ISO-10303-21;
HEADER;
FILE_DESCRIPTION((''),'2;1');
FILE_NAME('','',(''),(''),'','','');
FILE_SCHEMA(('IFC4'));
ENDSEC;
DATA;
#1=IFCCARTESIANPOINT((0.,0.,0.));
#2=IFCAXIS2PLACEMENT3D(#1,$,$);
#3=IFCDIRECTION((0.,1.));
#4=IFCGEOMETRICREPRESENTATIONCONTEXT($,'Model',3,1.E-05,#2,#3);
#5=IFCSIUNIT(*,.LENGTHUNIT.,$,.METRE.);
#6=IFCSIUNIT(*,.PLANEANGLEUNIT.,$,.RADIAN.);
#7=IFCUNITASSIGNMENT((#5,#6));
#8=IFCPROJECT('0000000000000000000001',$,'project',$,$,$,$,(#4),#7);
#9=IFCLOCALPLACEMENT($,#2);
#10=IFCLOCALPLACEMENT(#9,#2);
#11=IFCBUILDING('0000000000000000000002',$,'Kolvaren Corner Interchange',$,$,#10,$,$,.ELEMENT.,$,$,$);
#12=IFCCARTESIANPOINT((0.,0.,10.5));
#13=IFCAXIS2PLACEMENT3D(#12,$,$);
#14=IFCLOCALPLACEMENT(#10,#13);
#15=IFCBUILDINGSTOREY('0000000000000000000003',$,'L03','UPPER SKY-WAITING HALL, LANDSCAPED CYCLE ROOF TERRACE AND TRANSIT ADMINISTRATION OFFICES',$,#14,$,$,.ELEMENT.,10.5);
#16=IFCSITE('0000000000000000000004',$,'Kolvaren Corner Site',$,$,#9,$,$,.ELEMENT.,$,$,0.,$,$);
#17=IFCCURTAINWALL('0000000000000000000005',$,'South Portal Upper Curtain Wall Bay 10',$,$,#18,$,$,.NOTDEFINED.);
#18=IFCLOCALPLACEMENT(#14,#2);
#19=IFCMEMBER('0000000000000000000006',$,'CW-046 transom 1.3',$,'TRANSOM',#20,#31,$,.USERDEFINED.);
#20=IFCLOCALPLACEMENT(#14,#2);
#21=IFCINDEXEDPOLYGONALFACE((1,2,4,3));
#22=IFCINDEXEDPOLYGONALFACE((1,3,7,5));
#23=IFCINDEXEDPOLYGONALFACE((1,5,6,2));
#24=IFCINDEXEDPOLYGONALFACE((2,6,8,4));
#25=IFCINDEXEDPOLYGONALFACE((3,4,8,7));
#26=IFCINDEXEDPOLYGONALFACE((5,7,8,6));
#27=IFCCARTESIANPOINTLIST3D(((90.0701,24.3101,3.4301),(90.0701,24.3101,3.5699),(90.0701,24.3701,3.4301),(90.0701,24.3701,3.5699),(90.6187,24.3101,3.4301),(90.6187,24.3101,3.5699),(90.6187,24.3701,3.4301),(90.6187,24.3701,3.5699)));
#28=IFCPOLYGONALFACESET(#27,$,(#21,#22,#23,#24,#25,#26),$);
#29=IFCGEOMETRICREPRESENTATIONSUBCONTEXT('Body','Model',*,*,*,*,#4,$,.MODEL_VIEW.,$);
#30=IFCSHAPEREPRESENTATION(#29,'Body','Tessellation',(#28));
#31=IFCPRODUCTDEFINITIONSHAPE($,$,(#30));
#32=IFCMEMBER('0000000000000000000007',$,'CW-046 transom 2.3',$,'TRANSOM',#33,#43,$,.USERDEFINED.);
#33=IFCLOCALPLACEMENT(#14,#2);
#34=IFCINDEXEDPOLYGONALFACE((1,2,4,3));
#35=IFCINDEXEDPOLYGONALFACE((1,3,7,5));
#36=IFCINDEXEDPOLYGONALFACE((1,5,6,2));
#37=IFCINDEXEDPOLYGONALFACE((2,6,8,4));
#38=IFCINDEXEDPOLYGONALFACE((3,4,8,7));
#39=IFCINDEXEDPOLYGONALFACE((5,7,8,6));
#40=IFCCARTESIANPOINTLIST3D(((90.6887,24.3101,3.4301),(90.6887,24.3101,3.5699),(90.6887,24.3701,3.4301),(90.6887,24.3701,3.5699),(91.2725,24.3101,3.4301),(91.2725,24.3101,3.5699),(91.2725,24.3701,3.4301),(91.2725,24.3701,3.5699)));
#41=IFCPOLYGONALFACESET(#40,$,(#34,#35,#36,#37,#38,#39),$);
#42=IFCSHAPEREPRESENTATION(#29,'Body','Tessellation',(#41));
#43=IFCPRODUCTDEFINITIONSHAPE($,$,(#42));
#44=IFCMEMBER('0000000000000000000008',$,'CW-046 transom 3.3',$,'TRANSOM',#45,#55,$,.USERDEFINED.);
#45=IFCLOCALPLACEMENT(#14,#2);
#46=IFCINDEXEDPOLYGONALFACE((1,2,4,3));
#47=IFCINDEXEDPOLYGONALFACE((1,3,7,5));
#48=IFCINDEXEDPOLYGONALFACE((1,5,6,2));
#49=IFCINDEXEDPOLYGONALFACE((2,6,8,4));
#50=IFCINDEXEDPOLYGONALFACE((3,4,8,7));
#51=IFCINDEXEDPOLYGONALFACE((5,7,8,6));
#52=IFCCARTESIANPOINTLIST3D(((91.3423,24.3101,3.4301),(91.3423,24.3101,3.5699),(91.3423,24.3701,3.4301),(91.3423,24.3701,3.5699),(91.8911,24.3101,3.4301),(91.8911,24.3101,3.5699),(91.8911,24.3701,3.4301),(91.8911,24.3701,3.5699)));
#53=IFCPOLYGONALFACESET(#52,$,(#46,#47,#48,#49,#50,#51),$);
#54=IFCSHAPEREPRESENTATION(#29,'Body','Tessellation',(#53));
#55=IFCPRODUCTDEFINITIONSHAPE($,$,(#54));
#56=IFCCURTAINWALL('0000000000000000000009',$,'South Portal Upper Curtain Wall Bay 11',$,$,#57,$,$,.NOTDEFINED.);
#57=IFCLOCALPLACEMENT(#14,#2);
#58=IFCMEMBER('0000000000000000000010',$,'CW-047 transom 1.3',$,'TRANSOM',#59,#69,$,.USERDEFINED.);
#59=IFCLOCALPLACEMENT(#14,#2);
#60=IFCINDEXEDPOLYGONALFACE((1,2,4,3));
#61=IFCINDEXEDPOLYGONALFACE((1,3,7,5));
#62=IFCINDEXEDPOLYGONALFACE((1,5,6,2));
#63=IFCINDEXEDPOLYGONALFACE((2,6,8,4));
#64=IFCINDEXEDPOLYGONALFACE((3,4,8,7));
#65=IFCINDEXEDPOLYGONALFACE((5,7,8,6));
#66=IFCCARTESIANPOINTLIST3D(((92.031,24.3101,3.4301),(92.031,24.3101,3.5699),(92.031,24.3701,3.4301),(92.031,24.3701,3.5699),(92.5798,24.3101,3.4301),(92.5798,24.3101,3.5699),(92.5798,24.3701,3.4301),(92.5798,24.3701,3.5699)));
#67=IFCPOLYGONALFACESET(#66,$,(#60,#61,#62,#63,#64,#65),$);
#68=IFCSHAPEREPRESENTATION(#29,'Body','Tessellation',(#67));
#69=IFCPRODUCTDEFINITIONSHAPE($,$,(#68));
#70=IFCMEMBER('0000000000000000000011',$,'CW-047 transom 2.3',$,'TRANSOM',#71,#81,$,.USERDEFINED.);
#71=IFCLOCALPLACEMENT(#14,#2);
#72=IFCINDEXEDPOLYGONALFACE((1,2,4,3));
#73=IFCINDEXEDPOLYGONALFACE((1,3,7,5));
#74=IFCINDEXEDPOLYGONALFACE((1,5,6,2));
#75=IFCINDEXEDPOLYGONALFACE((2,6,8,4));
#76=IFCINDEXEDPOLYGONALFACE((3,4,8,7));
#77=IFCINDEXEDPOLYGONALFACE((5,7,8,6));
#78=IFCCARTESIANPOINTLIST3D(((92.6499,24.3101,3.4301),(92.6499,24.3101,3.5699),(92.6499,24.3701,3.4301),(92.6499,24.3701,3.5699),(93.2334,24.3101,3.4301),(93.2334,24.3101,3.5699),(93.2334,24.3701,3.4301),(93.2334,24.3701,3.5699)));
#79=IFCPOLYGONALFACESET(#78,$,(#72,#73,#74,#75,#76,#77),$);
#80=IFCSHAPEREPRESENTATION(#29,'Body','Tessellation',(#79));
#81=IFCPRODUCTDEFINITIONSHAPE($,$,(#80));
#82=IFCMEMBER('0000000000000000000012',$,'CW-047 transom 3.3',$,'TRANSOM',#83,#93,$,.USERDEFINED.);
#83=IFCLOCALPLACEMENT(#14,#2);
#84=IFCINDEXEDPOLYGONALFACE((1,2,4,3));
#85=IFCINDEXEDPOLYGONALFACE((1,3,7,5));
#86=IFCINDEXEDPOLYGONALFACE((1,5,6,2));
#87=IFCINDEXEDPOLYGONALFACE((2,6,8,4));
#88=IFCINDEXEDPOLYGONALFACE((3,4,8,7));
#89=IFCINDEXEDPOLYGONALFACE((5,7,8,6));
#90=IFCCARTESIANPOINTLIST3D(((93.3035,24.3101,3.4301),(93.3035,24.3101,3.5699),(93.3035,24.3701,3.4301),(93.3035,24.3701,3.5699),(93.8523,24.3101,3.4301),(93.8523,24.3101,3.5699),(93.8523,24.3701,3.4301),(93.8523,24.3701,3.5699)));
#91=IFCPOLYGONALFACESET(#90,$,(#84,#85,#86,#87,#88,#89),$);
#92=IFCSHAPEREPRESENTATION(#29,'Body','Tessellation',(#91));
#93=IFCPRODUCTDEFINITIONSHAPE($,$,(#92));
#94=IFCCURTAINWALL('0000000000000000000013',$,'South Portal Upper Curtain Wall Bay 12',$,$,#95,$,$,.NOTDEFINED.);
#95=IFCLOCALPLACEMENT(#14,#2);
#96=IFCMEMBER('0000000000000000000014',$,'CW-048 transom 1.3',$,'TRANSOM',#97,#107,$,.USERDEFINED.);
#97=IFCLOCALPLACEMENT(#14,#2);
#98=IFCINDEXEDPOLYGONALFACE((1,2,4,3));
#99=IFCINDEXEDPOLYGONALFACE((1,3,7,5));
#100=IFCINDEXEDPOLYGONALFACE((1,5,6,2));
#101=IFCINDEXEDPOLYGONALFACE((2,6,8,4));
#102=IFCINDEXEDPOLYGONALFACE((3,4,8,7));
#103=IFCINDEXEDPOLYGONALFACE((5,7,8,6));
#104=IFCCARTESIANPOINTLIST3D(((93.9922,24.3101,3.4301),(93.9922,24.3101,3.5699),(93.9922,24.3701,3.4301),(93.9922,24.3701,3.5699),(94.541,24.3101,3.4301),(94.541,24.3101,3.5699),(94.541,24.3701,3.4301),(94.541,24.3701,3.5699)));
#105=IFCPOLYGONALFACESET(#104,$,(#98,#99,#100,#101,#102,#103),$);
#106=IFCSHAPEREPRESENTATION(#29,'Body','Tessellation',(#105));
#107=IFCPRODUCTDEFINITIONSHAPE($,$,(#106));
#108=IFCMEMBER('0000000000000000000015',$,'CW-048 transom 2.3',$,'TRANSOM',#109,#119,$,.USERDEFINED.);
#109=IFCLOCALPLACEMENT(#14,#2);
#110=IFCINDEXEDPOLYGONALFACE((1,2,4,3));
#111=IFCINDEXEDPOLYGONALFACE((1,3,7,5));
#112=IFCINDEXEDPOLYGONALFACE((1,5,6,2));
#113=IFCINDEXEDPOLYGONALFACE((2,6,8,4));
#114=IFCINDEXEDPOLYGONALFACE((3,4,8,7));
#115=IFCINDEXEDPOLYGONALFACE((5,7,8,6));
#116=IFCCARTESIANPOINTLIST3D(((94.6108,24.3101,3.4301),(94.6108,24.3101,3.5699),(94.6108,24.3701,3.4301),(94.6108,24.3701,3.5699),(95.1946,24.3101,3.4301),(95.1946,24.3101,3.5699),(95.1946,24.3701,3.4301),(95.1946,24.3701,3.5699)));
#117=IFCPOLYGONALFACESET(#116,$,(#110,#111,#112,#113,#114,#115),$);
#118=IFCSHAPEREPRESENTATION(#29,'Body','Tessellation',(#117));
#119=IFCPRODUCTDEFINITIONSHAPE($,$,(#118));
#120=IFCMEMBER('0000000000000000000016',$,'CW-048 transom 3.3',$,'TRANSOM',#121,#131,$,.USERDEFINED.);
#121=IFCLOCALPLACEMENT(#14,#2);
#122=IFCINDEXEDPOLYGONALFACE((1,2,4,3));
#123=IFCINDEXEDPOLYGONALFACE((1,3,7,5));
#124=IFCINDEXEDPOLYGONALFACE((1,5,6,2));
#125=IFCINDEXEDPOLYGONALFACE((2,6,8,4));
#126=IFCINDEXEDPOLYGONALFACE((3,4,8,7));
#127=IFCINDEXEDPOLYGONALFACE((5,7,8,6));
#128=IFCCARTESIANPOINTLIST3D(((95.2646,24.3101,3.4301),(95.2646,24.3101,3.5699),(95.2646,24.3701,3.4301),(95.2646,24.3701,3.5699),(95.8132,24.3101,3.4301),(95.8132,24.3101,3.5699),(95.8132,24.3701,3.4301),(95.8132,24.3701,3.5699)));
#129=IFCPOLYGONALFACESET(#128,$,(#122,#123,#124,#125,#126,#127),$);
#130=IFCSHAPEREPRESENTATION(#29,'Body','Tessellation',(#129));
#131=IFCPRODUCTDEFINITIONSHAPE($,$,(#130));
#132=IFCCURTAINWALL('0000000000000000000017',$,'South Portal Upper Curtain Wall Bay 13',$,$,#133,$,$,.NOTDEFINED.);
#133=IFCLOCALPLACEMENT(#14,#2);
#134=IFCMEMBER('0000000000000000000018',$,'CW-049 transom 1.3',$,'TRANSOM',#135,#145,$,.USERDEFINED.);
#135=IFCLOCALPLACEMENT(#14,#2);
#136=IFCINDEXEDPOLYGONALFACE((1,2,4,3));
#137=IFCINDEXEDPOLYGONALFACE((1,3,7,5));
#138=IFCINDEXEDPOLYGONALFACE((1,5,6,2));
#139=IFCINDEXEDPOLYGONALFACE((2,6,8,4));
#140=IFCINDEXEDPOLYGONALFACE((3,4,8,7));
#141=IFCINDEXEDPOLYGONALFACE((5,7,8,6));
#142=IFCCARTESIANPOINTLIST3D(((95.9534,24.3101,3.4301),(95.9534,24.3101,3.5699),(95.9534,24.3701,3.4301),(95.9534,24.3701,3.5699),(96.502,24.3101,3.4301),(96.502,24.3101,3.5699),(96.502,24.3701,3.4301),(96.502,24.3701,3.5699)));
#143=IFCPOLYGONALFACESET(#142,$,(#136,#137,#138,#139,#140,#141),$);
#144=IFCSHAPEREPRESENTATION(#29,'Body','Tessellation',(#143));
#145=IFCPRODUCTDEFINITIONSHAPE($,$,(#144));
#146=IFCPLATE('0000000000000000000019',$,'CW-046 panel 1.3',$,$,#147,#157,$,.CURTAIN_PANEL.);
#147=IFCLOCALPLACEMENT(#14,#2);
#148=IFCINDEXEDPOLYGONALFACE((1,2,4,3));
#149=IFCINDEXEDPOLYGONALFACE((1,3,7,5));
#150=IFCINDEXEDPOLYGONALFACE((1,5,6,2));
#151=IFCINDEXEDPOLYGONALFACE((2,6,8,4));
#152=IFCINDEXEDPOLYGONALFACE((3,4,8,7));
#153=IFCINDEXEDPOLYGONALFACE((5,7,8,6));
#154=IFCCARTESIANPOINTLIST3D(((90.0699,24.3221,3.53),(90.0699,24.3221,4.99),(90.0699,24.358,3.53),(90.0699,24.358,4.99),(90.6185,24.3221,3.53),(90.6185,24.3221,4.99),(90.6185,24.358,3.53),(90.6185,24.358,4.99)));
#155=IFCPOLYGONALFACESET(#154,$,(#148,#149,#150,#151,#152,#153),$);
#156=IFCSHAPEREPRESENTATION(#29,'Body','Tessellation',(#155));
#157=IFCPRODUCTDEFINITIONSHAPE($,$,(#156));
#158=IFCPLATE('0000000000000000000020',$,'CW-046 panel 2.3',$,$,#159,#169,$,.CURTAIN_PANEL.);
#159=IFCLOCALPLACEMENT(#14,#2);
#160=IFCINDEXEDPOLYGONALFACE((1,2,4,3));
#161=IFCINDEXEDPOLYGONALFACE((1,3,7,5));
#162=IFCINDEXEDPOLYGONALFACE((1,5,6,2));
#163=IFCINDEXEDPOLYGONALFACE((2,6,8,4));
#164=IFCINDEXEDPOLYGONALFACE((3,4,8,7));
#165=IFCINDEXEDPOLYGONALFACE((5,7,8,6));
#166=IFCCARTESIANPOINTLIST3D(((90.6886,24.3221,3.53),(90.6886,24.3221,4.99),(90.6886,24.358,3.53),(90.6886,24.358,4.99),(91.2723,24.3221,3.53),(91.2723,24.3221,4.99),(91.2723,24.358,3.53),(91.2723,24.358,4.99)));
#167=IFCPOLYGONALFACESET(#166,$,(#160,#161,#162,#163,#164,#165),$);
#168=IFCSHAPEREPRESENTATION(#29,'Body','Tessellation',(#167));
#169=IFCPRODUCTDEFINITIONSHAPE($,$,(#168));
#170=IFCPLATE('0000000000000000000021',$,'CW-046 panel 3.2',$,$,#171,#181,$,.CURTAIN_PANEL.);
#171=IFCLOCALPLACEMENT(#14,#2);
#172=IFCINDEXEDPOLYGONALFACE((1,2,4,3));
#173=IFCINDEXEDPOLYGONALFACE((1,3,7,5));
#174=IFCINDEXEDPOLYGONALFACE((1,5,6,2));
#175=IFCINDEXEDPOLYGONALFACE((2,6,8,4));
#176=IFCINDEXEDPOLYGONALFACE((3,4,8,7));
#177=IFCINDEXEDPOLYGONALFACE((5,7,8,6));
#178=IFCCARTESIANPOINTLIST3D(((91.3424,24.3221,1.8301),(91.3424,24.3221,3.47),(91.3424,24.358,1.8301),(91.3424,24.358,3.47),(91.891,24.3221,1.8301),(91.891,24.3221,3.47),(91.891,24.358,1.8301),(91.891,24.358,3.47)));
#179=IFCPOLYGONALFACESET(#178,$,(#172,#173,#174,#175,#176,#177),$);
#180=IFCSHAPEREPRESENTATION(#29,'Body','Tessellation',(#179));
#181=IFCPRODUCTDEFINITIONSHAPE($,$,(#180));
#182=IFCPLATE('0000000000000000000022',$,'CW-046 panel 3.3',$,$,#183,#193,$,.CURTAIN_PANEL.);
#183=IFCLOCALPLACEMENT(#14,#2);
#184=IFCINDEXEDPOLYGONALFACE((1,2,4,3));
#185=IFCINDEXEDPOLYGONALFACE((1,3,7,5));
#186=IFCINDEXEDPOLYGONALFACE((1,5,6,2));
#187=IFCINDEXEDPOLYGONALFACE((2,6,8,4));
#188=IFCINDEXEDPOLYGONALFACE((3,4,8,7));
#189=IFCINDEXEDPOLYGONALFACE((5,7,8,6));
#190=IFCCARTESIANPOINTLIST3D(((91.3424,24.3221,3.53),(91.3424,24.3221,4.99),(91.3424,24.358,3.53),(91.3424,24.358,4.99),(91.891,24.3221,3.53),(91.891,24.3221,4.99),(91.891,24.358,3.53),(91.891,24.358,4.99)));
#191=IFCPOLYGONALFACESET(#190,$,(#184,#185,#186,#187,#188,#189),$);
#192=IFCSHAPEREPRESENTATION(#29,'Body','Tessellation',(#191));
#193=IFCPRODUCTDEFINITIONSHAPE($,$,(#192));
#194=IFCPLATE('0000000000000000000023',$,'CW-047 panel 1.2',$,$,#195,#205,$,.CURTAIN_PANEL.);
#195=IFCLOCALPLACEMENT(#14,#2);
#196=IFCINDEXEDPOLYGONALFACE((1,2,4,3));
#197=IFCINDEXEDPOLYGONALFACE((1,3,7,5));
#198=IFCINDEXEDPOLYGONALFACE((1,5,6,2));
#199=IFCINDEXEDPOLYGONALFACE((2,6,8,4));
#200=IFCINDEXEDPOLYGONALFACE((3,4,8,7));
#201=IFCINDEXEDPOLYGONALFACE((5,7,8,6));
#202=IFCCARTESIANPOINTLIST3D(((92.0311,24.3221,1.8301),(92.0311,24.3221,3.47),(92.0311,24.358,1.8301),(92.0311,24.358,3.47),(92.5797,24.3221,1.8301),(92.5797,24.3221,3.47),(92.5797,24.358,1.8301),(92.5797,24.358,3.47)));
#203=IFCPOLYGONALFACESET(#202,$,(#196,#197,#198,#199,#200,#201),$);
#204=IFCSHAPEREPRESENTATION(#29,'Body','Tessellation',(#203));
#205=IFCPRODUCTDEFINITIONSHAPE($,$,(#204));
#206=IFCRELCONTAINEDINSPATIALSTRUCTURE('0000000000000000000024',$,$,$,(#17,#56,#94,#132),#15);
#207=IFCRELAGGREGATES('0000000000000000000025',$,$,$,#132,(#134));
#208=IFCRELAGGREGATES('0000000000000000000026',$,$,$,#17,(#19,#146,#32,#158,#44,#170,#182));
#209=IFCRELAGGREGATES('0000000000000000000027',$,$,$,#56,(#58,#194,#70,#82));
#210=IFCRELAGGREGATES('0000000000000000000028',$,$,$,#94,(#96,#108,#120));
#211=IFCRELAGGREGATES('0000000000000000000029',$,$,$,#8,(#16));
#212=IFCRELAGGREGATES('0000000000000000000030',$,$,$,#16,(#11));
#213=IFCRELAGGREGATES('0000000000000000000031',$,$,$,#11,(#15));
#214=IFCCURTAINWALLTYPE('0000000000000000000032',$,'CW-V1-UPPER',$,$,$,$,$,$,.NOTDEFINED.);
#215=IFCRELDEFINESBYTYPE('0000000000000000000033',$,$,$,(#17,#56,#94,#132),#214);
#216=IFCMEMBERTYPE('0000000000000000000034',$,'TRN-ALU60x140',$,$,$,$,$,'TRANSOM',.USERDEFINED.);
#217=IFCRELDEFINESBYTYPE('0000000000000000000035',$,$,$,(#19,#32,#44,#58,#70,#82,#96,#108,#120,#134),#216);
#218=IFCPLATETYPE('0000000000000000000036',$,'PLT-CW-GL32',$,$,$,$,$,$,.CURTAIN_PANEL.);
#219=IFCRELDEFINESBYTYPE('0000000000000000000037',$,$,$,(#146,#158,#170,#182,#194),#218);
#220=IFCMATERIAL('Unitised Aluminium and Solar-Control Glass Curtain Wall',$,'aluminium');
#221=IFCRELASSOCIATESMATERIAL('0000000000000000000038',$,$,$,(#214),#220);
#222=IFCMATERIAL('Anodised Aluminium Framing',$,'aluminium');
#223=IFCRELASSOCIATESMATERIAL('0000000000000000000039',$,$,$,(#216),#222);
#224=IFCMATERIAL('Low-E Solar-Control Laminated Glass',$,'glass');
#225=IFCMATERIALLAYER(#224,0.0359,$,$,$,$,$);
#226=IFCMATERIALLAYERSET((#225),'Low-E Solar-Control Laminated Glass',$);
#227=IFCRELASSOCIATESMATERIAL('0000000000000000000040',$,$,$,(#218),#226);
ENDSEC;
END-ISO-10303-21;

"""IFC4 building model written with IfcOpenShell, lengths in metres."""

from ifc_helpers import new_model, si_unit, direction, frame, origin, origin_2d, place, context, subcontext, project, spatial, rectangle, extrude, material, layer, layer_set, material_profile, profile_set, type_object, element, aggregate, save


model = new_model("IFC4")

# Units and contexts
model_context = context("Model", 3, precision=1e-05, world=origin(), true_north=direction((0.0, 1.0)))
body_context = subcontext(model_context, "Body", "Model", "MODEL_VIEW")
ifc_project = project(units=[si_unit("LENGTHUNIT", "METRE"), si_unit("PLANEANGLEUNIT", "RADIAN")], contexts=[model_context])

# Site, building, storey
site_placement = place(None, origin())
site = spatial("IfcSite", under=ifc_project, at=site_placement, Name="Kolvaren Corner Site", CompositionType="ELEMENT", RefElevation=0.0)
building_placement = place(site_placement, origin())
building = spatial("IfcBuilding", under=site, at=building_placement, Name="Kolvaren Corner Interchange", CompositionType="ELEMENT")
storey_placement = place(building_placement, frame((0.0, 0.0, 10.5)))
storey = spatial("IfcBuildingStorey", under=building, at=storey_placement, Name="L03", Description="UPPER SKY-WAITING HALL, LANDSCAPED CYCLE ROOF TERRACE AND TRANSIT ADMINISTRATION OFFICES", CompositionType="ELEMENT", Elevation=10.5)

# Curtain walls, members
ifc_material_1 = material(Name="Unitised Aluminium and Solar-Control Glass Curtain Wall", Category="aluminium")
curtain_wall_type = type_object("IfcCurtainWallType", Name="CW-V1-UPPER", PredefinedType="NOTDEFINED", material=ifc_material_1)
curtain_wall_1_placement = place(storey_placement, origin())
curtain_wall_1 = element("IfcCurtainWall", 1, at=curtain_wall_1_placement, inside=storey, type_object=curtain_wall_type, Name="South Portal Upper Curtain Wall Bay 10", PredefinedType="NOTDEFINED")
ifc_material_2 = material(Name="Anodised Aluminium Framing", Category="aluminium")
ifc_material_profile = material_profile(ifc_material_2, rectangle(XDim=0.0601, YDim=0.1399, at=origin_2d()), Name="ALU 60x140")
ifc_profile_set = profile_set([ifc_material_profile], Name="Anodised Aluminium Framing")
member_type = type_object("IfcMemberType", Name="TRN-ALU60x140", ElementType="TRANSOM", PredefinedType="USERDEFINED", material=ifc_profile_set)
member_1_placement = place(storey_placement, frame((90.0701, 24.3401, 3.5), z_axis=(1.0, 0.0, 0.0), x_axis=(0.0, 1.0, 0.0)))
member_1 = element("IfcMember", 2, at=member_1_placement, type_object=member_type, Name="CW-046 transom 1.3", ObjectType="TRANSOM", PredefinedType="USERDEFINED", context=body_context, shape_type="SweptSolid", body=[
    extrude(rectangle(XDim=0.0601, YDim=0.1399, at=origin_2d()), origin(), (0.0, 0.0, 1.0), 0.5486),
])
member_2_placement = place(storey_placement, frame((90.6887, 24.3401, 3.5), z_axis=(1.0, 0.0, 0.0), x_axis=(0.0, 1.0, 0.0)))
member_2 = element("IfcMember", 3, at=member_2_placement, type_object=member_type, Name="CW-046 transom 2.3", ObjectType="TRANSOM", PredefinedType="USERDEFINED", context=body_context, shape_type="SweptSolid", body=[
    extrude(rectangle(XDim=0.0601, YDim=0.1399, at=origin_2d()), origin(), (0.0, 0.0, 1.0), 0.5837),
])
member_3_placement = place(storey_placement, frame((91.3423, 24.3401, 3.5), z_axis=(1.0, 0.0, 0.0), x_axis=(0.0, 1.0, 0.0)))
member_3 = element("IfcMember", 4, at=member_3_placement, type_object=member_type, Name="CW-046 transom 3.3", ObjectType="TRANSOM", PredefinedType="USERDEFINED", context=body_context, shape_type="SweptSolid", body=[
    extrude(rectangle(XDim=0.0601, YDim=0.1399, at=origin_2d()), origin(), (0.0, 0.0, 1.0), 0.5488),
])
curtain_wall_2_placement = place(storey_placement, origin())
curtain_wall_2 = element("IfcCurtainWall", 5, at=curtain_wall_2_placement, inside=storey, type_object=curtain_wall_type, Name="South Portal Upper Curtain Wall Bay 11", PredefinedType="NOTDEFINED")
member_4_placement = place(storey_placement, frame((92.031, 24.3401, 3.5), z_axis=(1.0, 0.0, 0.0), x_axis=(0.0, 1.0, 0.0)))
member_4 = element("IfcMember", 6, at=member_4_placement, type_object=member_type, Name="CW-047 transom 1.3", ObjectType="TRANSOM", PredefinedType="USERDEFINED", context=body_context, shape_type="SweptSolid", body=[
    extrude(rectangle(XDim=0.0601, YDim=0.1399, at=origin_2d()), origin(), (0.0, 0.0, 1.0), 0.5488),
])
member_5_placement = place(storey_placement, frame((92.6499, 24.3401, 3.5), z_axis=(1.0, 0.0, 0.0), x_axis=(0.0, 1.0, 0.0)))
member_5 = element("IfcMember", 7, at=member_5_placement, type_object=member_type, Name="CW-047 transom 2.3", ObjectType="TRANSOM", PredefinedType="USERDEFINED", context=body_context, shape_type="SweptSolid", body=[
    extrude(rectangle(XDim=0.0601, YDim=0.1399, at=origin_2d()), origin(), (0.0, 0.0, 1.0), 0.5835),
])
member_6_placement = place(storey_placement, frame((93.3035, 24.3401, 3.5), z_axis=(1.0, 0.0, 0.0), x_axis=(0.0, 1.0, 0.0)))
member_6 = element("IfcMember", 8, at=member_6_placement, type_object=member_type, Name="CW-047 transom 3.3", ObjectType="TRANSOM", PredefinedType="USERDEFINED", context=body_context, shape_type="SweptSolid", body=[
    extrude(rectangle(XDim=0.0601, YDim=0.1399, at=origin_2d()), origin(), (0.0, 0.0, 1.0), 0.5488),
])
curtain_wall_3_placement = place(storey_placement, origin())
curtain_wall_3 = element("IfcCurtainWall", 9, at=curtain_wall_3_placement, inside=storey, type_object=curtain_wall_type, Name="South Portal Upper Curtain Wall Bay 12", PredefinedType="NOTDEFINED")
member_7_placement = place(storey_placement, frame((93.9922, 24.3401, 3.5), z_axis=(1.0, 0.0, 0.0), x_axis=(0.0, 1.0, 0.0)))
member_7 = element("IfcMember", 10, at=member_7_placement, type_object=member_type, Name="CW-048 transom 1.3", ObjectType="TRANSOM", PredefinedType="USERDEFINED", context=body_context, shape_type="SweptSolid", body=[
    extrude(rectangle(XDim=0.0601, YDim=0.1399, at=origin_2d()), origin(), (0.0, 0.0, 1.0), 0.5488),
])
member_8_placement = place(storey_placement, frame((94.6108, 24.3401, 3.5), z_axis=(1.0, 0.0, 0.0), x_axis=(0.0, 1.0, 0.0)))
member_8 = element("IfcMember", 11, at=member_8_placement, type_object=member_type, Name="CW-048 transom 2.3", ObjectType="TRANSOM", PredefinedType="USERDEFINED", context=body_context, shape_type="SweptSolid", body=[
    extrude(rectangle(XDim=0.0601, YDim=0.1399, at=origin_2d()), origin(), (0.0, 0.0, 1.0), 0.5837),
])
member_9_placement = place(storey_placement, frame((95.2646, 24.3401, 3.5), z_axis=(1.0, 0.0, 0.0), x_axis=(0.0, 1.0, 0.0)))
member_9 = element("IfcMember", 12, at=member_9_placement, type_object=member_type, Name="CW-048 transom 3.3", ObjectType="TRANSOM", PredefinedType="USERDEFINED", context=body_context, shape_type="SweptSolid", body=[
    extrude(rectangle(XDim=0.0601, YDim=0.1399, at=origin_2d()), origin(), (0.0, 0.0, 1.0), 0.5486),
])

# Curtain wall, member
curtain_wall_4_placement = place(storey_placement, origin())
curtain_wall_4 = element("IfcCurtainWall", 13, at=curtain_wall_4_placement, inside=storey, type_object=curtain_wall_type, Name="South Portal Upper Curtain Wall Bay 13", PredefinedType="NOTDEFINED")
member_10_placement = place(storey_placement, frame((95.9534, 24.3401, 3.5), z_axis=(1.0, 0.0, 0.0), x_axis=(0.0, 1.0, 0.0)))
member_10 = element("IfcMember", 14, at=member_10_placement, type_object=member_type, Name="CW-049 transom 1.3", ObjectType="TRANSOM", PredefinedType="USERDEFINED", context=body_context, shape_type="SweptSolid", body=[
    extrude(rectangle(XDim=0.0601, YDim=0.1399, at=origin_2d()), origin(), (0.0, 0.0, 1.0), 0.5486),
])
aggregate(curtain_wall_4, [member_10])

# Plates
ifc_material_3 = material(Name="Low-E Solar-Control Laminated Glass", Category="glass")
ifc_layer = layer(ifc_material_3, 0.0359)
ifc_layer_set = layer_set([ifc_layer], Name="Low-E Solar-Control Laminated Glass")
plate_type = type_object("IfcPlateType", Name="PLT-CW-GL32", PredefinedType="CURTAIN_PANEL", material=ifc_layer_set)
plate_1_placement = place(storey_placement, frame((90.3442, 24.3401, 3.53), z_axis=(0.0, 0.0, 1.0), x_axis=(1.0, 0.0, 0.0)))
plate_1 = element("IfcPlate", 15, at=plate_1_placement, type_object=plate_type, Name="CW-046 panel 1.3", PredefinedType="CURTAIN_PANEL", context=body_context, shape_type="SweptSolid", body=[
    extrude(rectangle(XDim=0.5486, YDim=0.0359, at=origin_2d()), origin(), (0.0, 0.0, 1.0), 1.46),
])
plate_2_placement = place(storey_placement, frame((90.9805, 24.3401, 3.53), z_axis=(0.0, 0.0, 1.0), x_axis=(1.0, 0.0, 0.0)))
plate_2 = element("IfcPlate", 16, at=plate_2_placement, type_object=plate_type, Name="CW-046 panel 2.3", PredefinedType="CURTAIN_PANEL", context=body_context, shape_type="SweptSolid", body=[
    extrude(rectangle(XDim=0.5837, YDim=0.0359, at=origin_2d()), origin(), (0.0, 0.0, 1.0), 1.46),
])
plate_3_placement = place(storey_placement, frame((91.6167, 24.3401, 1.8301), z_axis=(0.0, 0.0, 1.0), x_axis=(1.0, 0.0, 0.0)))
plate_3 = element("IfcPlate", 17, at=plate_3_placement, type_object=plate_type, Name="CW-046 panel 3.2", PredefinedType="CURTAIN_PANEL", context=body_context, shape_type="SweptSolid", body=[
    extrude(rectangle(XDim=0.5486, YDim=0.0359, at=origin_2d()), origin(), (0.0, 0.0, 1.0), 1.6399),
])
plate_4_placement = place(storey_placement, frame((91.6167, 24.3401, 3.53), z_axis=(0.0, 0.0, 1.0), x_axis=(1.0, 0.0, 0.0)))
plate_4 = element("IfcPlate", 18, at=plate_4_placement, type_object=plate_type, Name="CW-046 panel 3.3", PredefinedType="CURTAIN_PANEL", context=body_context, shape_type="SweptSolid", body=[
    extrude(rectangle(XDim=0.5486, YDim=0.0359, at=origin_2d()), origin(), (0.0, 0.0, 1.0), 1.46),
])
aggregate(curtain_wall_1, [member_1, plate_1, member_2, plate_2, member_3, plate_3, plate_4])
plate_5_placement = place(storey_placement, frame((92.3054, 24.3401, 1.8301), z_axis=(0.0, 0.0, 1.0), x_axis=(1.0, 0.0, 0.0)))
plate_5 = element("IfcPlate", 19, at=plate_5_placement, type_object=plate_type, Name="CW-047 panel 1.2", PredefinedType="CURTAIN_PANEL", context=body_context, shape_type="SweptSolid", body=[
    extrude(rectangle(XDim=0.5486, YDim=0.0359, at=origin_2d()), origin(), (0.0, 0.0, 1.0), 1.6399),
])
aggregate(curtain_wall_2, [member_4, plate_5, member_5, member_6])
aggregate(curtain_wall_3, [member_7, member_8, member_9])

save(model, "model.ifc")
